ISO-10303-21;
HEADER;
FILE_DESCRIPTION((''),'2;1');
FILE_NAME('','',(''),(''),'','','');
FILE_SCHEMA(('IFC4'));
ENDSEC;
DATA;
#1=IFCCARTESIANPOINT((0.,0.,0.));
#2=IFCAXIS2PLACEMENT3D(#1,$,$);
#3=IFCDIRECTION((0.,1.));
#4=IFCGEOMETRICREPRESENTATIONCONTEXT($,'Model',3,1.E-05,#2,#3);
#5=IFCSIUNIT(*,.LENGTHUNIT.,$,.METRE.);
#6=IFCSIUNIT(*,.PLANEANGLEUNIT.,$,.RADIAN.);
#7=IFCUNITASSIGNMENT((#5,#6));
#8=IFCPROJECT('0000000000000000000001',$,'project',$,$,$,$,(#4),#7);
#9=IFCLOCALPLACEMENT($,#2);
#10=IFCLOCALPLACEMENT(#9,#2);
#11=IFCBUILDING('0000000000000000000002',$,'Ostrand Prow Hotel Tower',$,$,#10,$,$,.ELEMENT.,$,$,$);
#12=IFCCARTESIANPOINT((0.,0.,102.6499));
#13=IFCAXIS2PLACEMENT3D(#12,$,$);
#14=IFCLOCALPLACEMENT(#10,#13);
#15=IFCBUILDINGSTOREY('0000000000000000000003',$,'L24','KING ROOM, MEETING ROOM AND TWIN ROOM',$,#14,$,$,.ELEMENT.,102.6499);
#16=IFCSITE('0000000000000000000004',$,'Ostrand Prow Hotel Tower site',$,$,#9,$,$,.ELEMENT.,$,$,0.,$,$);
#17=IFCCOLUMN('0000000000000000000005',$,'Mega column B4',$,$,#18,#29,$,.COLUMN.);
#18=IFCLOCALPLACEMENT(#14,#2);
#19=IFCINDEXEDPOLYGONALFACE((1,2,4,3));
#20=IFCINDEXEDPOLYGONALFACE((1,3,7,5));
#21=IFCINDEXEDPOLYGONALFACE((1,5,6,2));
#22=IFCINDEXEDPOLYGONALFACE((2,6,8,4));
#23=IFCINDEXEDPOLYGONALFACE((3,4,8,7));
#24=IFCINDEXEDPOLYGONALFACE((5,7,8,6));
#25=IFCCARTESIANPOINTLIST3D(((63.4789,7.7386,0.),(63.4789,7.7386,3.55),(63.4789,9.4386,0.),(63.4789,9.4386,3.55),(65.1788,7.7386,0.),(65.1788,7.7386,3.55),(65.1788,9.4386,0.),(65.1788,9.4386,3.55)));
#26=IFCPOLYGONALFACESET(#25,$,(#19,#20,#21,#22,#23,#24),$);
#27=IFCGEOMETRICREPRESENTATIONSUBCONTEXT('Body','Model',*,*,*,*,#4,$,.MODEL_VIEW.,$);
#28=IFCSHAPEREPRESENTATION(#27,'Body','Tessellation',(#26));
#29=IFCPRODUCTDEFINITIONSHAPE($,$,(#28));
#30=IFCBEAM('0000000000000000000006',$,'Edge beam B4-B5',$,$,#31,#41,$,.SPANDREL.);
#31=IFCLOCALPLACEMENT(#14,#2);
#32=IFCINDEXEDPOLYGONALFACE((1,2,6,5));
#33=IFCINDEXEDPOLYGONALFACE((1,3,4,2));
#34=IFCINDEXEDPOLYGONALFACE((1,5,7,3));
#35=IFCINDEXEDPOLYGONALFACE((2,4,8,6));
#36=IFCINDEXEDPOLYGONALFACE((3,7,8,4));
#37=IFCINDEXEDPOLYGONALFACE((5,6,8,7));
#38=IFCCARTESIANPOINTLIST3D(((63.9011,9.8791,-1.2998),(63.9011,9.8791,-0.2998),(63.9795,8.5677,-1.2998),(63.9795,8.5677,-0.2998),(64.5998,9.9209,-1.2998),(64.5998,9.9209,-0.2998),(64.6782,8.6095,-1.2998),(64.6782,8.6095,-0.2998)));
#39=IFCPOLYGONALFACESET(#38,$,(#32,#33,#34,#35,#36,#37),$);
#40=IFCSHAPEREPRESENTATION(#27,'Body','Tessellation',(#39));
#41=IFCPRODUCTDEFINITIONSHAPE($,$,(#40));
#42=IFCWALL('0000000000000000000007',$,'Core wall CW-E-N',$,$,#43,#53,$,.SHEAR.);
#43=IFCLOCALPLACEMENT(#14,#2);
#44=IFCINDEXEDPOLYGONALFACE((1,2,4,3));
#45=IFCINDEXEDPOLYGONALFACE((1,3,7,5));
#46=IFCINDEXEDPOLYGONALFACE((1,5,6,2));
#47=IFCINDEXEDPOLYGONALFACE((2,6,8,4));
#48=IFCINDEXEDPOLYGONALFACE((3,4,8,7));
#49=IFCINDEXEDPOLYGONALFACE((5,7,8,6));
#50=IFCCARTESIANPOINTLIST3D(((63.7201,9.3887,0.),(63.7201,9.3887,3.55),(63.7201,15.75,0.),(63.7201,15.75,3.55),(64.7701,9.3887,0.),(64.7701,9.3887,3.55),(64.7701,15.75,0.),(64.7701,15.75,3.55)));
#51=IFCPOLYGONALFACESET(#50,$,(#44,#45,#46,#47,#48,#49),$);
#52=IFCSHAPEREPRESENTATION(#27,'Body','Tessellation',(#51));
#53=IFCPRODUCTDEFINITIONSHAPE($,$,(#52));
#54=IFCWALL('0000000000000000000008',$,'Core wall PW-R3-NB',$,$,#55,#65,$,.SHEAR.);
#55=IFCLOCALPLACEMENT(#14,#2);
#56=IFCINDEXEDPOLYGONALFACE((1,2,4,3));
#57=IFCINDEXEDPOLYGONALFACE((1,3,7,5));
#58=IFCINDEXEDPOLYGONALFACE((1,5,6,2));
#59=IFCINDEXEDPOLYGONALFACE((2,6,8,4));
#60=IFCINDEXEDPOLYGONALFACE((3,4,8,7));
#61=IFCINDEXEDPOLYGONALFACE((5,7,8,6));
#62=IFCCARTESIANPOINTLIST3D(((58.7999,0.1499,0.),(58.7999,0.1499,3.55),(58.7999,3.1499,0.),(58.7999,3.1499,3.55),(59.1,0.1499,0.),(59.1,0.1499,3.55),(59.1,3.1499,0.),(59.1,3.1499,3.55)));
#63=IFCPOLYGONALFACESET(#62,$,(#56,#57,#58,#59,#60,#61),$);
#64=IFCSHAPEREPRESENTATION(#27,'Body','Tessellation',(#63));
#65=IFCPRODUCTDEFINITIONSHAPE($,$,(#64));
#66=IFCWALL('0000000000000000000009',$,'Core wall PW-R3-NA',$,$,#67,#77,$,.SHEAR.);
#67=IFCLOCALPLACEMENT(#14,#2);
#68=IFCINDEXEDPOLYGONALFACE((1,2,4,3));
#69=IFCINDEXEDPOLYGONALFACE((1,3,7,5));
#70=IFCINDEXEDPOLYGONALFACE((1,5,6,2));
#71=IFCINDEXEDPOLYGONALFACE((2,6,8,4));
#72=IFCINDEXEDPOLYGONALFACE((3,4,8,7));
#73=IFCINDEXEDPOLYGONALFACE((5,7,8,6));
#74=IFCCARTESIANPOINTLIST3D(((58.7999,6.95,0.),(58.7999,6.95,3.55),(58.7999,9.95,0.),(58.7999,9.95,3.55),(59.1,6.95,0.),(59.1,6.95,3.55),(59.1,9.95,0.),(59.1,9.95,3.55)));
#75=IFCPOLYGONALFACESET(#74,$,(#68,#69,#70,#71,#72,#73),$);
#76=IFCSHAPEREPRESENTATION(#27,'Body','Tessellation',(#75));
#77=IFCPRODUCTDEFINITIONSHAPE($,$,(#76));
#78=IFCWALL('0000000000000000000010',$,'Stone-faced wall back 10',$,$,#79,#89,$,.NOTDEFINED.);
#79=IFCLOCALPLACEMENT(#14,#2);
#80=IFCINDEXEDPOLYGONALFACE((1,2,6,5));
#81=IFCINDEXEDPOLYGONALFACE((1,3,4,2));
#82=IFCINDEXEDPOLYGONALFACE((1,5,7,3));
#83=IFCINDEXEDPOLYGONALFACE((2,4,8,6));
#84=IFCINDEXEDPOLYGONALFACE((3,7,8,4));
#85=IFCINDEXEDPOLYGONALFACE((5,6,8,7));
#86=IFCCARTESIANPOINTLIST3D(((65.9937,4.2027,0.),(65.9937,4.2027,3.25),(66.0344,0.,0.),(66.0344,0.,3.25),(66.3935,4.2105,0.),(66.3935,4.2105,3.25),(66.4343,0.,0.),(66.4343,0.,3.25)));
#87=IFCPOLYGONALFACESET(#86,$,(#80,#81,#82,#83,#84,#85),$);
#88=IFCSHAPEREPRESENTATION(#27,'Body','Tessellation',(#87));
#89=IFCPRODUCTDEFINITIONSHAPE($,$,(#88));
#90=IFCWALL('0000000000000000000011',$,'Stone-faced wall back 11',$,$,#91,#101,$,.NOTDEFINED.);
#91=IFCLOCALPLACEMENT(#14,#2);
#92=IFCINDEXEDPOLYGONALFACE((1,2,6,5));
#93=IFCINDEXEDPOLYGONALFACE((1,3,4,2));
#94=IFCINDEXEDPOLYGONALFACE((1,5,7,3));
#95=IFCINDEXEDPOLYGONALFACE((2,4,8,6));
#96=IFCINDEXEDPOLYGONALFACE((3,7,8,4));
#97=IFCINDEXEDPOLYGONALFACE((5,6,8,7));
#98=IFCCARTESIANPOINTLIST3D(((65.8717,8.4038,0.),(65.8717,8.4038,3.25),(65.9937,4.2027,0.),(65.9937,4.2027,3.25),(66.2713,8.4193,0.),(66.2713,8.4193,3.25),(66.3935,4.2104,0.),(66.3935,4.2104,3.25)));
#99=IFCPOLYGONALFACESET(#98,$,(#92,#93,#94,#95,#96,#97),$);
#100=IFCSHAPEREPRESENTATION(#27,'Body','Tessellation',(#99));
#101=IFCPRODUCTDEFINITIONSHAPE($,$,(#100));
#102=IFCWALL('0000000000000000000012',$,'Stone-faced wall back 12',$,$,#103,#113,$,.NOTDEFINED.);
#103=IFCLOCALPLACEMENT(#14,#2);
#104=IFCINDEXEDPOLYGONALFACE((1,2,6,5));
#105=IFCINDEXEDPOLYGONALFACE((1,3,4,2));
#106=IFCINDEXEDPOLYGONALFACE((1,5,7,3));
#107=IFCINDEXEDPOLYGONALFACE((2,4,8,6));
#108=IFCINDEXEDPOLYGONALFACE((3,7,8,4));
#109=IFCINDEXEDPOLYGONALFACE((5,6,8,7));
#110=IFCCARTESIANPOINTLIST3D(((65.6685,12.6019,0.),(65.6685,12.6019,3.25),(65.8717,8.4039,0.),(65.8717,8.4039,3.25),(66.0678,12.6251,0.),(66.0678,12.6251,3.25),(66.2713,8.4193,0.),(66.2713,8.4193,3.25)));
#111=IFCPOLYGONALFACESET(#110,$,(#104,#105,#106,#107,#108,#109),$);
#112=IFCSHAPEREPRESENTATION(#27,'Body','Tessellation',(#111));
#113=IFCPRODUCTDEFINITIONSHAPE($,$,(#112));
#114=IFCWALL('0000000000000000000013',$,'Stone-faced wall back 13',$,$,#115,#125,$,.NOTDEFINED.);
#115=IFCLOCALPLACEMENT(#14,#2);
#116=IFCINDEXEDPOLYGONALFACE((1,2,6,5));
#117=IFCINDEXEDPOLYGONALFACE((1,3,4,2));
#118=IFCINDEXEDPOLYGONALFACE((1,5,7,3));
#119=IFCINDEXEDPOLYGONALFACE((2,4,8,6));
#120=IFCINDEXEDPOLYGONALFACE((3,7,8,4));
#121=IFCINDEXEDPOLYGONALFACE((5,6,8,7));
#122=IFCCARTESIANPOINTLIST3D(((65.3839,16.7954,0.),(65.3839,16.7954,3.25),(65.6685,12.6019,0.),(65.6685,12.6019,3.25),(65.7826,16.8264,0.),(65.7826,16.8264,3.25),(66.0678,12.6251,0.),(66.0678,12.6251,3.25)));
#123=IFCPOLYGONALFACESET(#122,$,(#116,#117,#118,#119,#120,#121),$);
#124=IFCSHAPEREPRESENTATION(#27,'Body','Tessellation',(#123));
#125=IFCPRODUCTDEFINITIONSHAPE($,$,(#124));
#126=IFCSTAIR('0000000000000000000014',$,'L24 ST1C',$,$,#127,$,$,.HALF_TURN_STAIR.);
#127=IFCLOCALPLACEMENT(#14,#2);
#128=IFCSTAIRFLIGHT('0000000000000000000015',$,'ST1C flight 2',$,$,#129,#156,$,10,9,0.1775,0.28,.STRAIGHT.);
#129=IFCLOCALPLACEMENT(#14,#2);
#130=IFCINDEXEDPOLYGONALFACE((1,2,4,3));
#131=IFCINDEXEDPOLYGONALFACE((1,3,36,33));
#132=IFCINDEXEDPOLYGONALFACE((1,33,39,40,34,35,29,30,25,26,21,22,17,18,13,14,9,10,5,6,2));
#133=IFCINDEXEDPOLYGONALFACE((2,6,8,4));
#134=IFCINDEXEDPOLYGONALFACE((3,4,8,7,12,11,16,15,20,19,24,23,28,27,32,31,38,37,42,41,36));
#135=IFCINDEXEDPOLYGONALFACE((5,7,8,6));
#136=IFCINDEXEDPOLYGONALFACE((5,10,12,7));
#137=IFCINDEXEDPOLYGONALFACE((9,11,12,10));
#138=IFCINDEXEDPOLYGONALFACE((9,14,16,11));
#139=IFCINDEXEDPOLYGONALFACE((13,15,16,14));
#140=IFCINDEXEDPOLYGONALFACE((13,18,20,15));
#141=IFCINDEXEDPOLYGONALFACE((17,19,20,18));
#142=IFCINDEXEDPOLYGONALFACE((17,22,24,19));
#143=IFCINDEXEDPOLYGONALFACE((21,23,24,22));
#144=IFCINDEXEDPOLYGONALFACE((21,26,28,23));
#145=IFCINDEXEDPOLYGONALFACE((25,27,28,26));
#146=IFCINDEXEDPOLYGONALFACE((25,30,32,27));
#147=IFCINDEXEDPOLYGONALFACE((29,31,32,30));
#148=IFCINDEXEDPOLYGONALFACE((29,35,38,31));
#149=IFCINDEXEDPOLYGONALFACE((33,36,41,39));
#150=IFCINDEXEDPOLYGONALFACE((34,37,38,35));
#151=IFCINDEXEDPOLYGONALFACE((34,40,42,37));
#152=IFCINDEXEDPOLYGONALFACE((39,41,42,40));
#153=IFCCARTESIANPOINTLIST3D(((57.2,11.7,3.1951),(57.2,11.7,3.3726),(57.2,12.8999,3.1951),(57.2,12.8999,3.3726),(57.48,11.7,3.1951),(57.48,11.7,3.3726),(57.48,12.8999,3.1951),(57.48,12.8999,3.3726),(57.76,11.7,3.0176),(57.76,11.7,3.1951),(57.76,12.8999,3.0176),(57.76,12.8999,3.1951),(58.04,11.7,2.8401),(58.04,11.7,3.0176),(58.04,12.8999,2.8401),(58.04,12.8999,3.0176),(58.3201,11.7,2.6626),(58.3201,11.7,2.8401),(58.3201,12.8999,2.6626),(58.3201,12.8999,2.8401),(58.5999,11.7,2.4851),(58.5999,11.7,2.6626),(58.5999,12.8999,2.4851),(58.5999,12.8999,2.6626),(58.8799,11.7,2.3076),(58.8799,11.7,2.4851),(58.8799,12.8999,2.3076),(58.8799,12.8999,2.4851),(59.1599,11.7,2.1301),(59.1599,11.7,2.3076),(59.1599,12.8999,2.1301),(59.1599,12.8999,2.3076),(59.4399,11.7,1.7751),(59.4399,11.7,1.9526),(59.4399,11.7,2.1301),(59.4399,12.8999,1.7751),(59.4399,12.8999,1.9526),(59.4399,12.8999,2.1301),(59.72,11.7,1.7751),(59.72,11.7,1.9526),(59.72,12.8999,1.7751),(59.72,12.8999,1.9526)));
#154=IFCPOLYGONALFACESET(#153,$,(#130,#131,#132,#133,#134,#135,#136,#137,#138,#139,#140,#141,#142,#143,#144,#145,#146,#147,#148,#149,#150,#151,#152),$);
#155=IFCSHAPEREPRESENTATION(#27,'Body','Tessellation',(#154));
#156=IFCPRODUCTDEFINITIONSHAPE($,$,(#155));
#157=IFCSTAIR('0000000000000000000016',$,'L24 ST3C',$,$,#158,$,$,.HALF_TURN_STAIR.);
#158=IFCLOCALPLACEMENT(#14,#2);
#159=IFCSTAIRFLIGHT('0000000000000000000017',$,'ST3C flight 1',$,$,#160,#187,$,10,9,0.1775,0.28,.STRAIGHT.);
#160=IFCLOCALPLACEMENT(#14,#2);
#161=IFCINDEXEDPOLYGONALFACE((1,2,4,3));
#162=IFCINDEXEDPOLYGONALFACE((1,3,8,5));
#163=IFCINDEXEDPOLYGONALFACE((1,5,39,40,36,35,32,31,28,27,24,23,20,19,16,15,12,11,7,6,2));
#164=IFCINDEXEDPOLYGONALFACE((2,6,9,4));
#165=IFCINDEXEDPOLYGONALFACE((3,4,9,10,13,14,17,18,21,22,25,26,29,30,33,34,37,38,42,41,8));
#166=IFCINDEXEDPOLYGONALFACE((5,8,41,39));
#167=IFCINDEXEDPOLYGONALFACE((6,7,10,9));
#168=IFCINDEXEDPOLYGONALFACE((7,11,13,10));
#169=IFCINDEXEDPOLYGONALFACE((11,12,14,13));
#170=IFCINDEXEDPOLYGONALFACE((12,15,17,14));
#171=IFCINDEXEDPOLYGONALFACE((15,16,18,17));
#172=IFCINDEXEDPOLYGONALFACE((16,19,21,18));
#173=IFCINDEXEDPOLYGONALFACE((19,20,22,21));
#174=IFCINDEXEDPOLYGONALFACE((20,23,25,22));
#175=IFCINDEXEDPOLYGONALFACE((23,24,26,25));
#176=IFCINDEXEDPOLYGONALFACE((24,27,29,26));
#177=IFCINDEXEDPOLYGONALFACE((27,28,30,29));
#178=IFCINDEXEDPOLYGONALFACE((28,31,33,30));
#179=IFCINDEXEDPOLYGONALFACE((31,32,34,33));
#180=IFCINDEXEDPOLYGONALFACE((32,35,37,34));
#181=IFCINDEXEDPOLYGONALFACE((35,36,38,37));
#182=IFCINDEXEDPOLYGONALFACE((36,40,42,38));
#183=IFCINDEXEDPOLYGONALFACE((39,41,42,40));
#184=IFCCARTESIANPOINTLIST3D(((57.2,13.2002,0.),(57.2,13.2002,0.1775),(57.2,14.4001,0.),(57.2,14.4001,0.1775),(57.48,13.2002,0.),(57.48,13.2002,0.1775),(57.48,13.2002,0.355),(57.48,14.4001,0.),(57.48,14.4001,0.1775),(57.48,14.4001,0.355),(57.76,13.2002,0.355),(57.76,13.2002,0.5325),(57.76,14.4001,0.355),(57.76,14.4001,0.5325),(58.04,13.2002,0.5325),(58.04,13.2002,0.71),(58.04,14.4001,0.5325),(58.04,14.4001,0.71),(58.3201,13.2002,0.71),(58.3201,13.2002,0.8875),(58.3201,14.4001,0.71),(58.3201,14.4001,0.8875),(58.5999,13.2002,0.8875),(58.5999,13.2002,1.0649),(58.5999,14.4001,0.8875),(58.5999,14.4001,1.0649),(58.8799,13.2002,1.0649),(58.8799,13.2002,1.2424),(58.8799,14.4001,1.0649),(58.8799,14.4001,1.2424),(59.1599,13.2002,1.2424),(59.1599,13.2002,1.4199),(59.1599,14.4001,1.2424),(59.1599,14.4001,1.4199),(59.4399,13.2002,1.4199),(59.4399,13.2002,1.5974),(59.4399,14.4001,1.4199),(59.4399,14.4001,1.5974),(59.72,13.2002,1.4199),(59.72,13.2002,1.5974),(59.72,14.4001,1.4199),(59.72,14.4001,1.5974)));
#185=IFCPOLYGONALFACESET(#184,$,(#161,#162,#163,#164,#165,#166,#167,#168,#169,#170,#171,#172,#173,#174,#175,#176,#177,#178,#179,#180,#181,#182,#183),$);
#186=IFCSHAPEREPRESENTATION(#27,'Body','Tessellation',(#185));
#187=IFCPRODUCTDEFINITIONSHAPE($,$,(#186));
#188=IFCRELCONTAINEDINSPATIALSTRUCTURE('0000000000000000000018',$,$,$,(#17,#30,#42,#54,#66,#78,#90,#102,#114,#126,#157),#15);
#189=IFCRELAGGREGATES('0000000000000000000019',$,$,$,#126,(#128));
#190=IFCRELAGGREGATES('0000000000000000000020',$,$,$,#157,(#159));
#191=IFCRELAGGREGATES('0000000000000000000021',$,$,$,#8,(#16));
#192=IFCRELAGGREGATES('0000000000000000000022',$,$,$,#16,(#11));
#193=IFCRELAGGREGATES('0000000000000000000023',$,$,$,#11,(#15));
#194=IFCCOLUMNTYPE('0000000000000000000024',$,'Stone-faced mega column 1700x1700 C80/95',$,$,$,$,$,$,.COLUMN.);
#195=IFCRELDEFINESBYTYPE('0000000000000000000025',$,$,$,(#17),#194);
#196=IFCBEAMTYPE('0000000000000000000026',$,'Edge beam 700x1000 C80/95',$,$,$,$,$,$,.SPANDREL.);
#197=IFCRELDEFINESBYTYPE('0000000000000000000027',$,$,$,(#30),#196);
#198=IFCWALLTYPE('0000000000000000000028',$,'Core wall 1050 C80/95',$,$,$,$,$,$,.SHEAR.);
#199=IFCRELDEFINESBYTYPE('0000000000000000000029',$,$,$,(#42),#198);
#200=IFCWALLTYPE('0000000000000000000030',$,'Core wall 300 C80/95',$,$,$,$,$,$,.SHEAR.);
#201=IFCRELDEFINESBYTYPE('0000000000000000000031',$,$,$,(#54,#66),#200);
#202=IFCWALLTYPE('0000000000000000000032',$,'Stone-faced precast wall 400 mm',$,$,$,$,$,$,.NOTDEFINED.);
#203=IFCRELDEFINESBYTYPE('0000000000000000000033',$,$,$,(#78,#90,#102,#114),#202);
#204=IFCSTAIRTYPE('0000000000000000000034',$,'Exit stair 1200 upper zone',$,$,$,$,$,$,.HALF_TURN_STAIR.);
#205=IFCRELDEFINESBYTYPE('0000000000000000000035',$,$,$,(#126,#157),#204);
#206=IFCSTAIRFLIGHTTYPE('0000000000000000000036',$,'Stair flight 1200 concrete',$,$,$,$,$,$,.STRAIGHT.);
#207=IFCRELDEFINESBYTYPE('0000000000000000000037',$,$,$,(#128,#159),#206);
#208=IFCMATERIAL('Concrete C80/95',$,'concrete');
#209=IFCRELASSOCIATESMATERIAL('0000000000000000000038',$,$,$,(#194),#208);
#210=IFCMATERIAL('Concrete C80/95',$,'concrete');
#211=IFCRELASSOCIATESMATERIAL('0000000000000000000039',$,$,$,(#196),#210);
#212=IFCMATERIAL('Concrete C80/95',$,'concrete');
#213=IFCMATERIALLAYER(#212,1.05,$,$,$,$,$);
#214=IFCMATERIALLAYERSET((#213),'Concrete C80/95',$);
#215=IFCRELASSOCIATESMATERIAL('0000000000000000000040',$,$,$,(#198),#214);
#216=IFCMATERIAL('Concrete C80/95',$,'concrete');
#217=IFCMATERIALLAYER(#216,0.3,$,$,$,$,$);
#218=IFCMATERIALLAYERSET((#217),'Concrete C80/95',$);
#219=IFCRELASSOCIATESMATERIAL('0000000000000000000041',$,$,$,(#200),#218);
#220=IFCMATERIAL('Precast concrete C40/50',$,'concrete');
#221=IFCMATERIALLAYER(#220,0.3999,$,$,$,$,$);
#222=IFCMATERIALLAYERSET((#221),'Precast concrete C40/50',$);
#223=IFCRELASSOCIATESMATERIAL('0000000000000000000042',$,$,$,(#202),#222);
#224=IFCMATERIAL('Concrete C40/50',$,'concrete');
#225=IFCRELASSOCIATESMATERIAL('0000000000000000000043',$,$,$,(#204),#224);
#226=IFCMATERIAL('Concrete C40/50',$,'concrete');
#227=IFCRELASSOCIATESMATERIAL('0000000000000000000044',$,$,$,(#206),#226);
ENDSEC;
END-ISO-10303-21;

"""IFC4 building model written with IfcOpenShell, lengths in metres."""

from ifc_helpers import new_model, si_unit, direction, frame, frame_2d, origin, origin_2d, place, context, subcontext, project, spatial, polyline, rectangle, outline, extrude, material, layer, layer_set, material_profile, profile_set, type_object, element, aggregate, save


model = new_model("IFC4")

# Units and contexts
model_context = context("Model", 3, precision=1e-05, world=origin(), true_north=direction((0.0, 1.0)))
body_context = subcontext(model_context, "Body", "Model", "MODEL_VIEW")
ifc_project = project(units=[si_unit("LENGTHUNIT", "METRE"), si_unit("PLANEANGLEUNIT", "RADIAN")], contexts=[model_context])

# Site, building, storey
site_placement = place(None, origin())
site = spatial("IfcSite", under=ifc_project, at=site_placement, Name="Ostrand Prow Hotel Tower site", CompositionType="ELEMENT", RefElevation=0.0)
building_placement = place(site_placement, origin())
building = spatial("IfcBuilding", under=site, at=building_placement, Name="Ostrand Prow Hotel Tower", CompositionType="ELEMENT")
storey_placement = place(building_placement, frame((0.0, 0.0, 102.6499)))
storey = spatial("IfcBuildingStorey", under=building, at=storey_placement, Name="L24", Description="KING ROOM, MEETING ROOM AND TWIN ROOM", CompositionType="ELEMENT", Elevation=102.6499)

# Column
ifc_material_1 = material(Name="Concrete C80/95", Category="concrete")
ifc_material_profile_1 = material_profile(ifc_material_1, rectangle(XDim=1.7, YDim=1.7, at=origin_2d()), Name="RC 1700x1700")
ifc_profile_set_1 = profile_set([ifc_material_profile_1], Name="Concrete C80/95")
column_type = type_object("IfcColumnType", Name="Stone-faced mega column 1700x1700 C80/95", PredefinedType="COLUMN", material=ifc_profile_set_1)
column_placement = place(storey_placement, frame((64.3289, 8.5886, 0.0), z_axis=(0.0, 0.0, 1.0), x_axis=(1.0, 0.0, 0.0)))
element("IfcColumn", 1, at=column_placement, inside=storey, type_object=column_type, Name="Mega column B4", PredefinedType="COLUMN", context=body_context, shape_type="SweptSolid", body=[
    extrude(rectangle(XDim=1.7, YDim=1.7, at=origin_2d()), origin(), (0.0, 0.0, 1.0), 3.55),
])

# Beam
ifc_material_2 = material(Name="Concrete C80/95", Category="concrete")
ifc_material_profile_2 = material_profile(ifc_material_2, rectangle(XDim=0.7, YDim=1.0, at=origin_2d()), Name="RC 700x1000")
ifc_profile_set_2 = profile_set([ifc_material_profile_2], Name="Concrete C80/95")
beam_type = type_object("IfcBeamType", Name="Edge beam 700x1000 C80/95", PredefinedType="SPANDREL", material=ifc_profile_set_2)
beam_placement = place(storey_placement, frame((64.3289, 8.5886, -0.7998), z_axis=(-0.059659, 0.998219, 0.0), x_axis=(-0.998219, -0.059659, 0.0)))
element("IfcBeam", 2, at=beam_placement, inside=storey, type_object=beam_type, Name="Edge beam B4-B5", PredefinedType="SPANDREL", context=body_context, shape_type="SweptSolid", body=[
    extrude(rectangle(XDim=0.7, YDim=1.0, at=origin_2d()), origin(), (0.0, 0.0, 1.0), 1.3137),
])

# Walls
ifc_material_3 = material(Name="Concrete C80/95", Category="concrete")
ifc_layer_1 = layer(ifc_material_3, 1.05)
ifc_layer_set_1 = layer_set([ifc_layer_1], Name="Concrete C80/95")
wall_type_1 = type_object("IfcWallType", Name="Core wall 1050 C80/95", PredefinedType="SHEAR", material=ifc_layer_set_1)
wall_1_placement = place(storey_placement, frame((64.2451, 9.3887, 0.0), z_axis=(0.0, 0.0, 1.0), x_axis=(0.0, 1.0, 0.0)))
element("IfcWall", 3, at=wall_1_placement, inside=storey, type_object=wall_type_1, Name="Core wall CW-E-N", PredefinedType="SHEAR", context=body_context, shape_type="SweptSolid", body=[
    extrude(rectangle(XDim=6.3613, YDim=1.05, at=frame_2d((3.1807, 0.0))), origin(), (0.0, 0.0, 1.0), 3.55),
])
ifc_material_4 = material(Name="Concrete C80/95", Category="concrete")
ifc_layer_2 = layer(ifc_material_4, 0.3)
ifc_layer_set_2 = layer_set([ifc_layer_2], Name="Concrete C80/95")
wall_type_2 = type_object("IfcWallType", Name="Core wall 300 C80/95", PredefinedType="SHEAR", material=ifc_layer_set_2)
for number, where, z_axis, x_axis, name in (
    (4, (58.95, 0.1499, 0.0), (0.0, 0.0, 1.0), (0.0, 1.0, 0.0), "Core wall PW-R3-NB"),
    (5, (58.95, 6.95, 0.0), (0.0, 0.0, 1.0), (0.0, 1.0, 0.0), "Core wall PW-R3-NA"),
):
    element("IfcWall", number, at=place(storey_placement, frame(where, z_axis=z_axis, x_axis=x_axis)), inside=storey, type_object=wall_type_2, Name=name, PredefinedType="SHEAR", context=body_context, shape_type="SweptSolid", body=[
        extrude(rectangle(XDim=3.0, YDim=0.3, at=frame_2d((1.5, 0.0))), origin(), (0.0, 0.0, 1.0), 3.55),
    ])
ifc_material_5 = material(Name="Precast concrete C40/50", Category="concrete")
ifc_layer_3 = layer(ifc_material_5, 0.3999)
ifc_layer_set_3 = layer_set([ifc_layer_3], Name="Precast concrete C40/50")
wall_type_3 = type_object("IfcWallType", Name="Stone-faced precast wall 400 mm", PredefinedType="NOTDEFINED", material=ifc_layer_set_3)
for number, where, z_axis, x_axis, name in (
    (6, (66.2344, 0.0, 0.0), (0.0, 0.0, 1.0), (-0.009692, 0.999953, 0.0), "Stone-faced wall back 10"),
    (7, (66.1936, 4.2065, 0.0), (0.0, 0.0, 1.0), (-0.029017, 0.999579, 0.0), "Stone-faced wall back 11"),
    (8, (66.0715, 8.4116, 0.0), (0.0, 0.0, 1.0), (-0.048343, 0.998831, 0.0), "Stone-faced wall back 12"),
):
    element("IfcWall", number, at=place(storey_placement, frame(where, z_axis=z_axis, x_axis=x_axis)), inside=storey, type_object=wall_type_3, Name=name, PredefinedType="NOTDEFINED", context=body_context, shape_type="SweptSolid", body=[
        extrude(outline(polyline([(-0.002, -0.2), (4.2087, -0.2), (4.2048, 0.2), (0.002, 0.2), (-0.002, -0.2)])), origin(), (0.0, 0.0, 1.0), 3.25),
    ])
wall_2_placement = place(storey_placement, frame((65.8682, 12.6135, 0.0), z_axis=(0.0, 0.0, 1.0), x_axis=(-0.067725, 0.997704, 0.0)))
element("IfcWall", 9, at=wall_2_placement, inside=storey, type_object=wall_type_3, Name="Stone-faced wall back 13", PredefinedType="NOTDEFINED", context=body_context, shape_type="SweptSolid", body=[
    extrude(outline(polyline([(-0.002, -0.2), (4.209, -0.2), (4.2051, 0.2), (0.002, 0.2), (-0.002, -0.2)])), origin(), (0.0, 0.0, 1.0), 3.25),
])

# Stair, stair flight
ifc_material_6 = material(Name="Concrete C40/50", Category="concrete")
stair_type = type_object("IfcStairType", Name="Exit stair 1200 upper zone", PredefinedType="HALF_TURN_STAIR", material=ifc_material_6)
stair_1_placement = place(storey_placement, origin())
stair_1 = element("IfcStair", 10, at=stair_1_placement, inside=storey, type_object=stair_type, Name="L24 ST1C", PredefinedType="HALF_TURN_STAIR")
ifc_material_7 = material(Name="Concrete C40/50", Category="concrete")
stair_flight_type = type_object("IfcStairFlightType", Name="Stair flight 1200 concrete", PredefinedType="STRAIGHT", material=ifc_material_7)
stair_flight_1_placement = place(storey_placement, frame((59.72, 12.3, 1.7751), z_axis=(0.0, 0.0, 1.0), x_axis=(-1.0, 0.0, 0.0)))
stair_flight_1 = element("IfcStairFlight", 11, at=stair_flight_1_placement, type_object=stair_flight_type, Name="ST1C flight 2", NumberOfRisers=10, NumberOfTreads=9, PredefinedType="STRAIGHT", RiserHeight=0.1775, TreadLength=0.28, context=body_context, shape_type="SweptSolid", body=[
    extrude(outline(polyline([(0.0, 0.0), (0.0, 0.1775), (0.28, 0.1775), (0.28, 0.355), (0.5601, 0.355), (0.5601, 0.5325), (0.8401, 0.5325), (0.8401, 0.71), (1.1201, 0.71), (1.1201, 0.8875), (1.3999, 0.8875), (1.3999, 1.0649), (1.6799, 1.0649), (1.6799, 1.2424), (1.96, 1.2424), (1.96, 1.4199), (2.24, 1.4199), (2.24, 1.5974), (2.52, 1.5974), (2.52, 1.7749), (2.52, 1.4199), (0.28, 0.0), (0.0, 0.0)])), frame((0.0, 0.6001, 0.0), z_axis=(0.0, -1.0, 0.0), x_axis=(1.0, 0.0, 0.0)), (0.0, 0.0, 1.0), 1.2),
])
aggregate(stair_1, [stair_flight_1])

# Stair, stair flight
stair_2_placement = place(storey_placement, origin())
stair_2 = element("IfcStair", 12, at=stair_2_placement, inside=storey, type_object=stair_type, Name="L24 ST3C", PredefinedType="HALF_TURN_STAIR")
stair_flight_2_placement = place(storey_placement, frame((57.2, 13.8, 0.0), z_axis=(0.0, 0.0, 1.0), x_axis=(1.0, 0.0, 0.0)))
stair_flight_2 = element("IfcStairFlight", 13, at=stair_flight_2_placement, type_object=stair_flight_type, Name="ST3C flight 1", NumberOfRisers=10, NumberOfTreads=9, PredefinedType="STRAIGHT", RiserHeight=0.1775, TreadLength=0.28, context=body_context, shape_type="SweptSolid", body=[
    extrude(outline(polyline([(0.0, 0.0), (0.0, 0.1775), (0.28, 0.1775), (0.28, 0.355), (0.5601, 0.355), (0.5601, 0.5325), (0.8401, 0.5325), (0.8401, 0.71), (1.1201, 0.71), (1.1201, 0.8875), (1.3999, 0.8875), (1.3999, 1.0649), (1.6799, 1.0649), (1.6799, 1.2424), (1.96, 1.2424), (1.96, 1.4199), (2.24, 1.4199), (2.24, 1.5974), (2.52, 1.5974), (2.52, 1.7749), (2.52, 1.4199), (0.28, 0.0), (0.0, 0.0)])), frame((0.0, 0.6001, 0.0), z_axis=(0.0, -1.0, 0.0), x_axis=(1.0, 0.0, 0.0)), (0.0, 0.0, 1.0), 1.2),
])
aggregate(stair_2, [stair_flight_2])

save(model, "model.ifc")
